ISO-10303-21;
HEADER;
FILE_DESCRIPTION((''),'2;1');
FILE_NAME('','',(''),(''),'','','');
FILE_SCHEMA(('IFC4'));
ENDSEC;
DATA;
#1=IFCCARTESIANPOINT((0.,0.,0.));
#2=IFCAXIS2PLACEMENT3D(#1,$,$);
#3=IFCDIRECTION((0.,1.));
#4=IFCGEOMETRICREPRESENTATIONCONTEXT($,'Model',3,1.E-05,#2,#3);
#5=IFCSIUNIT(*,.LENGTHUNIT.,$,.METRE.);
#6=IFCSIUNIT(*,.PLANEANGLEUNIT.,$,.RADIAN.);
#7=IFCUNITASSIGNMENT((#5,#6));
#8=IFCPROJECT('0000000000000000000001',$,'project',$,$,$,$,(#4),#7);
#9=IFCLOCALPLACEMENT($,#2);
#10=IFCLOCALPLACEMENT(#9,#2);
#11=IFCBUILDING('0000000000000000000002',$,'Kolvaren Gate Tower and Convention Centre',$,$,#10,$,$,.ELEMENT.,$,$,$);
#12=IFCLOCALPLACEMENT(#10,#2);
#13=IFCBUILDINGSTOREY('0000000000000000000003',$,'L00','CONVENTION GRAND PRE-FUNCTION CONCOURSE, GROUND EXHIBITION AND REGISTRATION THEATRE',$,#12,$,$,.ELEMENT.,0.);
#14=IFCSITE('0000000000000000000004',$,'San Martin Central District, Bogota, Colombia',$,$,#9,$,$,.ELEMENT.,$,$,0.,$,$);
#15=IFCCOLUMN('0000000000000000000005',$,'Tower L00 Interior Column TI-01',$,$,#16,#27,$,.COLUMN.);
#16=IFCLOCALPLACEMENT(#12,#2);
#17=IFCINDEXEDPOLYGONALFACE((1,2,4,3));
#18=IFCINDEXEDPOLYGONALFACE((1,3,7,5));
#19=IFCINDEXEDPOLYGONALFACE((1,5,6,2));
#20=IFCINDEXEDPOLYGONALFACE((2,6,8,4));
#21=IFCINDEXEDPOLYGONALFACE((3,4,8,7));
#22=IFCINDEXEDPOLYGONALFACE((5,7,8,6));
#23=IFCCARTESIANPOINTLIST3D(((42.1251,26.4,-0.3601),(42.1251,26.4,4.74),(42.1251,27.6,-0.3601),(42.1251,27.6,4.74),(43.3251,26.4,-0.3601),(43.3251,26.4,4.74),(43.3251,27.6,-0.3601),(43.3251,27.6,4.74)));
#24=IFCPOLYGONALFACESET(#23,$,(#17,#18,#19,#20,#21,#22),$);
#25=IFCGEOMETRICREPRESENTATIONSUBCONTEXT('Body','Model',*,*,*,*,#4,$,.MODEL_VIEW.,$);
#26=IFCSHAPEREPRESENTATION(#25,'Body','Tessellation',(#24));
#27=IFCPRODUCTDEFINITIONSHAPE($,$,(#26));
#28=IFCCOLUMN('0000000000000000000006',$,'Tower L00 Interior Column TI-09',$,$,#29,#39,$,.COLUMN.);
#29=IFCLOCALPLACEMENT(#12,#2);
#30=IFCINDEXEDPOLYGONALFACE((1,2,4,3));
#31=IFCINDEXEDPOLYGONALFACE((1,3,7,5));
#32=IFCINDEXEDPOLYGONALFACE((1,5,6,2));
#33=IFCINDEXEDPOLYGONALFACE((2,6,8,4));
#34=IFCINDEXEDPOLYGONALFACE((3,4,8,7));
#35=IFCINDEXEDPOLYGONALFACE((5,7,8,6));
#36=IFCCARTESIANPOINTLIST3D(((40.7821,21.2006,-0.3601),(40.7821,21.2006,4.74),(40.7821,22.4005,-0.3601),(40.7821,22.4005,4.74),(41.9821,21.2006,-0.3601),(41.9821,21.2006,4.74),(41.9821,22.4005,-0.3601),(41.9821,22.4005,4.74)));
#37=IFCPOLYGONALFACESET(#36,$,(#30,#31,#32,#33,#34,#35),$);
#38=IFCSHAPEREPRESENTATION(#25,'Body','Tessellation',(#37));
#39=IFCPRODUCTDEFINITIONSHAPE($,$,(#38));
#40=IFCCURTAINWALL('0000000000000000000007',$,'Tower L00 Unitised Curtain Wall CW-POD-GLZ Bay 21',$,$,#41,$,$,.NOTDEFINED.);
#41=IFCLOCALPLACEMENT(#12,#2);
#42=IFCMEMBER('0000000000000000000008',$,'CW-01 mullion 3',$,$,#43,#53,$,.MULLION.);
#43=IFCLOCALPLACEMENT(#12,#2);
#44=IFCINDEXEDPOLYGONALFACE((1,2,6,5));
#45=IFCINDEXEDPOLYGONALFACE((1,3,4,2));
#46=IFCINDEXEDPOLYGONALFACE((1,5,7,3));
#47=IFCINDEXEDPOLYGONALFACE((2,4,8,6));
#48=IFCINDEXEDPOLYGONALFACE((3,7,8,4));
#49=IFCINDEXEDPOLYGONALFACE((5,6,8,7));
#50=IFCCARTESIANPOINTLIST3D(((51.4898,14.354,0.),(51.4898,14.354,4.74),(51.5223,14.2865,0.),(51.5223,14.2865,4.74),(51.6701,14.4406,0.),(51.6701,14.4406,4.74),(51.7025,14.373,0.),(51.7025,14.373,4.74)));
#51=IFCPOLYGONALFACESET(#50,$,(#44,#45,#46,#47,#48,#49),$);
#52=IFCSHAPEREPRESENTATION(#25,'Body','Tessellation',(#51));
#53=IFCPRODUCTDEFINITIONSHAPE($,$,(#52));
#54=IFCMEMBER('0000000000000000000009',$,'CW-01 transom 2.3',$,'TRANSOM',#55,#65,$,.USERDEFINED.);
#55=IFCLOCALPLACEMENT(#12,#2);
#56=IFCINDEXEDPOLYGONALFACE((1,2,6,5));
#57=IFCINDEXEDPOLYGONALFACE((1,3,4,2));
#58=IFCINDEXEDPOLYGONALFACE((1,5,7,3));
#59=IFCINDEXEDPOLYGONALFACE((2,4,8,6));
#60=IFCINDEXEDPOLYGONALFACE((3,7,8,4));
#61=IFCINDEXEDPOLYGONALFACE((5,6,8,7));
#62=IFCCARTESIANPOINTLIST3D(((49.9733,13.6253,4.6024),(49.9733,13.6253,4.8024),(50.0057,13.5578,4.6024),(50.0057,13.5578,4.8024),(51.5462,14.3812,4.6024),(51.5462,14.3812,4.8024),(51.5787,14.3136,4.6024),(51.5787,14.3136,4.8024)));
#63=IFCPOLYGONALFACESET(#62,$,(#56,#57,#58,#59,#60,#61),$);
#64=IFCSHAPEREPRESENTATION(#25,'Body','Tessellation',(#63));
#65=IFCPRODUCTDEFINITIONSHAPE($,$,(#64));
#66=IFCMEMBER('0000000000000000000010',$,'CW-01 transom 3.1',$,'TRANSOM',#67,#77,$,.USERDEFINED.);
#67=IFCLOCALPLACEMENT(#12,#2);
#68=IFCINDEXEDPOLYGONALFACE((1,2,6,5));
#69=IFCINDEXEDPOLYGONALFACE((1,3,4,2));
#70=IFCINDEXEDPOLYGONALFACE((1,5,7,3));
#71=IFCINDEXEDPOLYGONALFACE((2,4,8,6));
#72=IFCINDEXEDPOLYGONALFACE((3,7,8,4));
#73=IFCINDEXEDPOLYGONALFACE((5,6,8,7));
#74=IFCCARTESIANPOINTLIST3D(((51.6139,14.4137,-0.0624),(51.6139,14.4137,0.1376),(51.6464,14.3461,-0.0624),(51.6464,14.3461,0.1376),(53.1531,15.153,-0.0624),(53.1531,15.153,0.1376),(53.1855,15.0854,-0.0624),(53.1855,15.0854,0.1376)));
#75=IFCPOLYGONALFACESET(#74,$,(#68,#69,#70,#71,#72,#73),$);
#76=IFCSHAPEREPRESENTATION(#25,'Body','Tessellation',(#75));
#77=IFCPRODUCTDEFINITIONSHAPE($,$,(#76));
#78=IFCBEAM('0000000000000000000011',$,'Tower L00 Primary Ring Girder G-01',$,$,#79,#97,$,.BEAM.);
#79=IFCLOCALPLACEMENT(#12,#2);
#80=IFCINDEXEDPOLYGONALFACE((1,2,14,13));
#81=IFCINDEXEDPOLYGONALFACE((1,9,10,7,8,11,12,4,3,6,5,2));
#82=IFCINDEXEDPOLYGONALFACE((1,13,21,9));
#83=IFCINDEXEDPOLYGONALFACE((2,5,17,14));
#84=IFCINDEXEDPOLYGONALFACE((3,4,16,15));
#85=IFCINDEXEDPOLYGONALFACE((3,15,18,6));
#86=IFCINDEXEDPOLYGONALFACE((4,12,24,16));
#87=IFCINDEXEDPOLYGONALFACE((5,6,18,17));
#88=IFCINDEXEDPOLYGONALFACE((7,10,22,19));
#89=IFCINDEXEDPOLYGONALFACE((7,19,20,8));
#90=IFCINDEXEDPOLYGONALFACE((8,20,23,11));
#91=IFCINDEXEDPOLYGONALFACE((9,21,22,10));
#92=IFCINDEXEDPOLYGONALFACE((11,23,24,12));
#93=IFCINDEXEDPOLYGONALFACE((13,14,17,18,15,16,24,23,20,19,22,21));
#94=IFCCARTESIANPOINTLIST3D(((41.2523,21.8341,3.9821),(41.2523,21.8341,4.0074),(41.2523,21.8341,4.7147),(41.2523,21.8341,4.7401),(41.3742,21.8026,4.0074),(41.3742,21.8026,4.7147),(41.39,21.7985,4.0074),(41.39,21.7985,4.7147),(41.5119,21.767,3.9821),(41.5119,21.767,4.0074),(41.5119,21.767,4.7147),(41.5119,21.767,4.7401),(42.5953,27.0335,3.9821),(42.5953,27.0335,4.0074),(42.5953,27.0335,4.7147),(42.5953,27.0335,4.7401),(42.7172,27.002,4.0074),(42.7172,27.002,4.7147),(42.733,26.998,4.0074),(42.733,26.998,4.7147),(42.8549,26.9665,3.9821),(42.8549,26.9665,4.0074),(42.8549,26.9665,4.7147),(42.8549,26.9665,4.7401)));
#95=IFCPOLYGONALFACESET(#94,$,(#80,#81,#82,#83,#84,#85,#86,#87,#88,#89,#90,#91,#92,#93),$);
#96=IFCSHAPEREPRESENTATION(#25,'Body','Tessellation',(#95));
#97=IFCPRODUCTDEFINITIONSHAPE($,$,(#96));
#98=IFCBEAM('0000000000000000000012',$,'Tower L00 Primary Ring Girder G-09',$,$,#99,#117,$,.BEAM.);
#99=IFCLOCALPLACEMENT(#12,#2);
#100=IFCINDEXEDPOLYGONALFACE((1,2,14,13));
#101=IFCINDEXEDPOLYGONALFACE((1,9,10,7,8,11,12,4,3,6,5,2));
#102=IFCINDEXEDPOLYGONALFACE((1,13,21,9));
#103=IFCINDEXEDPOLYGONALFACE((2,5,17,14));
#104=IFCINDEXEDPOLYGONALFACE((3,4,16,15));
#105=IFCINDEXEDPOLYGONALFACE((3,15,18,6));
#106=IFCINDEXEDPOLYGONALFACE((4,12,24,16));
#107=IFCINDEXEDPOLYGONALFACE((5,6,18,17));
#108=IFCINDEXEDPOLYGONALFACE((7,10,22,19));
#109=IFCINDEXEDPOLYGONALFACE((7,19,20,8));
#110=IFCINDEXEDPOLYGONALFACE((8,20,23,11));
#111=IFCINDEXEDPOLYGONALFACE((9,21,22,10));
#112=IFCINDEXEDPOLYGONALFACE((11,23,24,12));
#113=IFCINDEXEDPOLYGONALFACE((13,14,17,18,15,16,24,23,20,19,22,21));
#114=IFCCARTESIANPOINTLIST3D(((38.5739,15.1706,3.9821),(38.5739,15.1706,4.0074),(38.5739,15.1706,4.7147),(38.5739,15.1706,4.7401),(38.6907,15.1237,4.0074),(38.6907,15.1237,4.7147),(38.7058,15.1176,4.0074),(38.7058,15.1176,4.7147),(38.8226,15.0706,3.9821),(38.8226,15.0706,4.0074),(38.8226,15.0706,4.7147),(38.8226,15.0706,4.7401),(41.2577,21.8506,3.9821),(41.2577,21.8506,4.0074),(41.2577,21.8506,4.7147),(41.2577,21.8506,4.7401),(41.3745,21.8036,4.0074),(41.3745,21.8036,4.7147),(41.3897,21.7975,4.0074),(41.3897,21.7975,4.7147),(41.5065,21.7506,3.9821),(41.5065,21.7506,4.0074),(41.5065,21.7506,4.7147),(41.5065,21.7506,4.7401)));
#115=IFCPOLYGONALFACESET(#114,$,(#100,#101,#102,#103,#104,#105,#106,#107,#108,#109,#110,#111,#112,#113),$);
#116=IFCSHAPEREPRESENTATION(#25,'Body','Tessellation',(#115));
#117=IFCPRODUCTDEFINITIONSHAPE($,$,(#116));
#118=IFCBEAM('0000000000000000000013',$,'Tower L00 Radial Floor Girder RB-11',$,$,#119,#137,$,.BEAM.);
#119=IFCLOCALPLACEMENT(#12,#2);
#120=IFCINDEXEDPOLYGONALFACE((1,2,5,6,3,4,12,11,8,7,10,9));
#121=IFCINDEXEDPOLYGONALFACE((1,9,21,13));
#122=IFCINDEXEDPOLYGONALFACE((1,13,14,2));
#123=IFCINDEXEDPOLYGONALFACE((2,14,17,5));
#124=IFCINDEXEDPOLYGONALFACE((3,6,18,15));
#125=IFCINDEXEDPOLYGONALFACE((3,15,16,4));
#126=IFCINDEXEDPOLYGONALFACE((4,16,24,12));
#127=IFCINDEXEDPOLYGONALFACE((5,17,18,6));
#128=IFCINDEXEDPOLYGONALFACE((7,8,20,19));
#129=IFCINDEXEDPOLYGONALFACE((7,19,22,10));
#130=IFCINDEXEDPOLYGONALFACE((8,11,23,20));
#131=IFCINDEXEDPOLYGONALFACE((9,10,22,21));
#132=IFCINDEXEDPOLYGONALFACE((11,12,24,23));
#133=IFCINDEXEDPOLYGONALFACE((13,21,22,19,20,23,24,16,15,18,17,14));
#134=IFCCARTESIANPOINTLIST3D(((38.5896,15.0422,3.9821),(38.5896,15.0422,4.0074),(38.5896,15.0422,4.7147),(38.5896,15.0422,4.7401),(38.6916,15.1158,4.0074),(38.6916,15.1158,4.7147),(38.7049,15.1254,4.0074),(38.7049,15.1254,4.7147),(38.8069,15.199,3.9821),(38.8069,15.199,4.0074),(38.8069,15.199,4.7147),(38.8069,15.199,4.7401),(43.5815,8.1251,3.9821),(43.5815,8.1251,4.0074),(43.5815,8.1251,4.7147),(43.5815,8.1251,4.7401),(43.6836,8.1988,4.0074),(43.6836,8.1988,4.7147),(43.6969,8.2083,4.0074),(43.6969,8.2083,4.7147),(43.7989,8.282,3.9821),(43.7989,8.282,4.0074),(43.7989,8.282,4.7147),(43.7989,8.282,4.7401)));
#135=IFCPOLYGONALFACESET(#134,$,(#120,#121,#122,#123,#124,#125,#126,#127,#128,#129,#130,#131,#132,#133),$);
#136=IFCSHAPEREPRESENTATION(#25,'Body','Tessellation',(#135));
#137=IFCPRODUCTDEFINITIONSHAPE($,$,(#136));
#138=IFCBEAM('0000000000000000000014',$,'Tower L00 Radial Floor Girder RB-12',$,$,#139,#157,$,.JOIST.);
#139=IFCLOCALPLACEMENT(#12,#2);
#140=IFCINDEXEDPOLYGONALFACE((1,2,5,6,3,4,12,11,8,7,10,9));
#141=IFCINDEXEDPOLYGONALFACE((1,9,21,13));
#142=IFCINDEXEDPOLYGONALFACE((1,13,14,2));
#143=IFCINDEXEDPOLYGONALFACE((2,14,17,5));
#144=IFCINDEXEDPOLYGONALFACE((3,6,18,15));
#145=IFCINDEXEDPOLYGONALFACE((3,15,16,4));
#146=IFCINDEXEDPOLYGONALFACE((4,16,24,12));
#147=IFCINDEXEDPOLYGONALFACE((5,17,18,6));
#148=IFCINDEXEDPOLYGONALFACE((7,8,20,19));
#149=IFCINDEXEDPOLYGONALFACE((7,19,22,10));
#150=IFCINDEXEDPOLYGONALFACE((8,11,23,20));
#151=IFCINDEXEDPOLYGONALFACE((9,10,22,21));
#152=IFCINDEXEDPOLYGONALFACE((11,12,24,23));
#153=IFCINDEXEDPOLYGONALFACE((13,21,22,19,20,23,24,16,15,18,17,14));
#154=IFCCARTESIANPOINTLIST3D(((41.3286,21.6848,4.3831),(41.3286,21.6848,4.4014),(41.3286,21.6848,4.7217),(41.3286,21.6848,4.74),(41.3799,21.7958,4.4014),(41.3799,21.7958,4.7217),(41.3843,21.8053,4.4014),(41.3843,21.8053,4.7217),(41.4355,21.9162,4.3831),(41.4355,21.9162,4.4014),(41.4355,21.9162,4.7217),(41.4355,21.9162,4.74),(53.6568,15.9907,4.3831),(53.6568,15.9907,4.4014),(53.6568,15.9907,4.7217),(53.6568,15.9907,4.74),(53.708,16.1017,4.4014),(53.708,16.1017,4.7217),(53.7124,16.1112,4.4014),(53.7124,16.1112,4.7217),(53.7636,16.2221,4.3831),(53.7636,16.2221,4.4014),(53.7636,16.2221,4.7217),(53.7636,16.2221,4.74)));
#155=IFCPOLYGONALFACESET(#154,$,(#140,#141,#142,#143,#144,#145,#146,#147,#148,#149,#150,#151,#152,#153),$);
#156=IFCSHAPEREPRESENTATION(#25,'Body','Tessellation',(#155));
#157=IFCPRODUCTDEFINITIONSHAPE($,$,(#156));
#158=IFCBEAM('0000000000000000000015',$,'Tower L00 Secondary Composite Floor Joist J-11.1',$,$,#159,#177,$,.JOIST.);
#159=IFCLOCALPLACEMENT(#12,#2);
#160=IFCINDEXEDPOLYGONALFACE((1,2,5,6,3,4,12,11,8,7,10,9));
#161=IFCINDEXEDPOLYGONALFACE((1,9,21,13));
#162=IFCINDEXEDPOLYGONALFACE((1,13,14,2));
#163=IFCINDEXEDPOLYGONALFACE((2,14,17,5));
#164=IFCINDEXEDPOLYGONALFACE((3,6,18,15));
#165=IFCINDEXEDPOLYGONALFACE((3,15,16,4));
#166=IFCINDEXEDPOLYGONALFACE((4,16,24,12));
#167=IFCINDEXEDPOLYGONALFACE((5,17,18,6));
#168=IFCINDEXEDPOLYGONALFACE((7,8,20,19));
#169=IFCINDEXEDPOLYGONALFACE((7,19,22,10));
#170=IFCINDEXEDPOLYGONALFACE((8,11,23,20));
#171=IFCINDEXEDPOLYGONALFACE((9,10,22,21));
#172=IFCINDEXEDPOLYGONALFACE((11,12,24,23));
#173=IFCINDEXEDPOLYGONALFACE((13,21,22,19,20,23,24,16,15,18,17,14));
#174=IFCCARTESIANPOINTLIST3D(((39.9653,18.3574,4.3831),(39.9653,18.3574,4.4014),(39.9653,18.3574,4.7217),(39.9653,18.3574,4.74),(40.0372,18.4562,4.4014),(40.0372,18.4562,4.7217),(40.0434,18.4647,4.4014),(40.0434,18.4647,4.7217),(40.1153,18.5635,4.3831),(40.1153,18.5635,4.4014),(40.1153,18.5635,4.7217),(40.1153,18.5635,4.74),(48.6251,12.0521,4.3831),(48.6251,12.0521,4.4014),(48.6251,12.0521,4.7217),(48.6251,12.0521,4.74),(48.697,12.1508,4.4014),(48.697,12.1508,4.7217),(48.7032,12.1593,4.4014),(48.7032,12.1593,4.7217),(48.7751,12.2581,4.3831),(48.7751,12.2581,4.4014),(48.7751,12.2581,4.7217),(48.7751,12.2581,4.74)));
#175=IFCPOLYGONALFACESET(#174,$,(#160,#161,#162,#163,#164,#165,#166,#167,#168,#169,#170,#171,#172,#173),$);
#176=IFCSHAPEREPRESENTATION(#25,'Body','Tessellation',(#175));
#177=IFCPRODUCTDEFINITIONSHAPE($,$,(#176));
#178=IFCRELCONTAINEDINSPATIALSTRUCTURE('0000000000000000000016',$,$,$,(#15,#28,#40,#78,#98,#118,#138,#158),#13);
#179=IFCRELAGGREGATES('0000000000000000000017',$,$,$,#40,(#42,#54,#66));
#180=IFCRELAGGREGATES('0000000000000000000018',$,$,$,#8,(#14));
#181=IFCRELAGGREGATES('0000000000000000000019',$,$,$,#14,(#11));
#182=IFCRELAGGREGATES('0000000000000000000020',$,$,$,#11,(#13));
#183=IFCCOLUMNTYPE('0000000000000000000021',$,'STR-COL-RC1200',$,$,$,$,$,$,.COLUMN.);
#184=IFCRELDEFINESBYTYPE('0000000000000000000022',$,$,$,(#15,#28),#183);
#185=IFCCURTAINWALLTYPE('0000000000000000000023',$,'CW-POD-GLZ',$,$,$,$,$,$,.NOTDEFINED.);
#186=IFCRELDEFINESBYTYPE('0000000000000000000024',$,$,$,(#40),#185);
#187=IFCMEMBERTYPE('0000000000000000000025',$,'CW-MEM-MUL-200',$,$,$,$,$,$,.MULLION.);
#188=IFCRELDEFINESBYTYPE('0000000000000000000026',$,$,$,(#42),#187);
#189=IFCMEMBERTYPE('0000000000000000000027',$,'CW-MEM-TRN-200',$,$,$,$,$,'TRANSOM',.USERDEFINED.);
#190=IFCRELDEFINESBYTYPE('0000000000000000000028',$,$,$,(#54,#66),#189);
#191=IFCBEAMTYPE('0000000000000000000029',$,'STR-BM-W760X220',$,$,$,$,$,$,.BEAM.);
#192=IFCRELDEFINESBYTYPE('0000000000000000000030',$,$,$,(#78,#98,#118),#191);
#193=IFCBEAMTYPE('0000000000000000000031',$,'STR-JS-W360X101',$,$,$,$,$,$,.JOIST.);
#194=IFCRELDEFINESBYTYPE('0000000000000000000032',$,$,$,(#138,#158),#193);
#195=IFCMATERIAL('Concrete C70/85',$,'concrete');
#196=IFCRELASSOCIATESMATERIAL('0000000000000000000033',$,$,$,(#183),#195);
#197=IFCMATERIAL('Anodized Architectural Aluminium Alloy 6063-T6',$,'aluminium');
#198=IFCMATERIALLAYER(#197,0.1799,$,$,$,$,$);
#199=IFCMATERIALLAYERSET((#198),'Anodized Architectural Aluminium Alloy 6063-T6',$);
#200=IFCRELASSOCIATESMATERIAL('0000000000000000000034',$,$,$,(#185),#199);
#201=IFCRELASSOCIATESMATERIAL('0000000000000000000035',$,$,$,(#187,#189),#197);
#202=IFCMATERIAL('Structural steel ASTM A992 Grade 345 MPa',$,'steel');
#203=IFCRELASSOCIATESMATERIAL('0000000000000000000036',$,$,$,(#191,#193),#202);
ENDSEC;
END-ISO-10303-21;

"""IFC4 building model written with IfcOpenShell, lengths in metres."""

from ifc_helpers import new_model, si_unit, direction, frame, origin, origin_2d, place, context, subcontext, project, spatial, rectangle, i_section, extrude, material, layer, layer_set, material_profile, profile_set, type_object, element, aggregate, save


model = new_model("IFC4")

# Units and contexts
model_context = context("Model", 3, precision=1e-05, world=origin(), true_north=direction((0.0, 1.0)))
body_context = subcontext(model_context, "Body", "Model", "MODEL_VIEW")
ifc_project = project(units=[si_unit("LENGTHUNIT", "METRE"), si_unit("PLANEANGLEUNIT", "RADIAN")], contexts=[model_context])

# Site, building, storey
site_placement = place(None, origin())
site = spatial("IfcSite", under=ifc_project, at=site_placement, Name="San Martin Central District, Bogota, Colombia", CompositionType="ELEMENT", RefElevation=0.0)
building_placement = place(site_placement, origin())
building = spatial("IfcBuilding", under=site, at=building_placement, Name="Kolvaren Gate Tower and Convention Centre", CompositionType="ELEMENT")
storey_placement = place(building_placement, origin())
storey = spatial("IfcBuildingStorey", under=building, at=storey_placement, Name="L00", Description="CONVENTION GRAND PRE-FUNCTION CONCOURSE, GROUND EXHIBITION AND REGISTRATION THEATRE", CompositionType="ELEMENT", Elevation=0.0)

# Columns
ifc_material_1 = material(Name="Concrete C70/85", Category="concrete")
ifc_material_profile_1 = material_profile(ifc_material_1, rectangle(XDim=1.2, YDim=1.2, at=origin_2d()), Name="RC-COL-1200X1200")
ifc_profile_set_1 = profile_set([ifc_material_profile_1], Name="Concrete C70/85")
column_type = type_object("IfcColumnType", Name="STR-COL-RC1200", PredefinedType="COLUMN", material=ifc_profile_set_1)
for number, where, z_axis, x_axis, name in (
    (1, (42.7251, 27.0, -0.3601), (0.0, 0.0, 1.0), (1.0, 0.0, 0.0), "Tower L00 Interior Column TI-01"),
    (2, (41.3821, 21.8005, -0.3601), (0.0, 0.0, 1.0), (1.0, 0.0, 0.0), "Tower L00 Interior Column TI-09"),
):
    element("IfcColumn", number, at=place(storey_placement, frame(where, z_axis=z_axis, x_axis=x_axis)), inside=storey, type_object=column_type, Name=name, PredefinedType="COLUMN", context=body_context, shape_type="SweptSolid", body=[
        extrude(rectangle(XDim=1.2, YDim=1.2, at=origin_2d()), origin(), (0.0, 0.0, 1.0), 5.1001),
    ])

# Curtain wall, members
ifc_material_2 = material(Name="Anodized Architectural Aluminium Alloy 6063-T6", Category="aluminium")
ifc_layer_1 = layer(ifc_material_2, 0.1799)
ifc_layer_set_1 = layer_set([ifc_layer_1], Name="Anodized Architectural Aluminium Alloy 6063-T6")
curtain_wall_type = type_object("IfcCurtainWallType", Name="CW-POD-GLZ", PredefinedType="NOTDEFINED", material=ifc_layer_set_1)
curtain_wall_placement = place(storey_placement, origin())
curtain_wall = element("IfcCurtainWall", 3, at=curtain_wall_placement, inside=storey, type_object=curtain_wall_type, Name="Tower L00 Unitised Curtain Wall CW-POD-GLZ Bay 21", PredefinedType="NOTDEFINED")
ifc_material_profile_2 = material_profile(ifc_material_2, rectangle(XDim=0.075, YDim=0.2, at=origin_2d()), Name="CW-MEM-MUL-200")
ifc_profile_set_2 = profile_set([ifc_material_profile_2], Name="Anodized Architectural Aluminium Alloy 6063-T6")
member_type_1 = type_object("IfcMemberType", Name="CW-MEM-MUL-200", PredefinedType="MULLION", material=ifc_profile_set_2)
member_1_placement = place(storey_placement, frame((51.5962, 14.3635, 0.0), z_axis=(0.0, 0.0, 1.0), x_axis=(-0.433063, 0.901364, 0.0)))
member_1 = element("IfcMember", 4, at=member_1_placement, type_object=member_type_1, Name="CW-01 mullion 3", PredefinedType="MULLION", context=body_context, shape_type="SweptSolid", body=[
    extrude(rectangle(XDim=0.075, YDim=0.2, at=origin_2d()), origin(), (0.0, 0.0, 1.0), 4.74),
])
ifc_material_profile_3 = material_profile(ifc_material_2, rectangle(XDim=0.075, YDim=0.2, at=origin_2d()), Name="CW-MEM-TRN-200")
ifc_profile_set_3 = profile_set([ifc_material_profile_3], Name="Anodized Architectural Aluminium Alloy 6063-T6")
member_type_2 = type_object("IfcMemberType", Name="CW-MEM-TRN-200", ElementType="TRANSOM", PredefinedType="USERDEFINED", material=ifc_profile_set_3)
member_2_placement = place(storey_placement, frame((49.9895, 13.5916, 4.7024), z_axis=(0.90134, 0.433113, 0.0), x_axis=(-0.433113, 0.90134, 0.0)))
member_2 = element("IfcMember", 5, at=member_2_placement, type_object=member_type_2, Name="CW-01 transom 2.3", ObjectType="TRANSOM", PredefinedType="USERDEFINED", context=body_context, shape_type="SweptSolid", body=[
    extrude(rectangle(XDim=0.075, YDim=0.2, at=origin_2d()), origin(), (0.0, 0.0, 1.0), 1.7451),
])
member_3_placement = place(storey_placement, frame((51.6301, 14.3799, 0.0376), z_axis=(0.901407, 0.432973, 0.0), x_axis=(-0.432973, 0.901407, 0.0)))
member_3 = element("IfcMember", 6, at=member_3_placement, type_object=member_type_2, Name="CW-01 transom 3.1", ObjectType="TRANSOM", PredefinedType="USERDEFINED", context=body_context, shape_type="SweptSolid", body=[
    extrude(rectangle(XDim=0.075, YDim=0.2, at=origin_2d()), origin(), (0.0, 0.0, 1.0), 1.7075),
])

# Beams
ifc_material_3 = material(Name="Structural steel ASTM A992 Grade 345 MPa", Category="steel")
ifc_material_profile_4 = material_profile(ifc_material_3, i_section(OverallWidth=0.2681, OverallDepth=0.7581, WebThickness=0.0164, FlangeThickness=0.0254, at=origin_2d()), Name="W760X220")
ifc_profile_set_4 = profile_set([ifc_material_profile_4], Name="Structural steel ASTM A992 Grade 345 MPa")
beam_type_1 = type_object("IfcBeamType", Name="STR-BM-W760X220", PredefinedType="BEAM", material=ifc_profile_set_4)
beam_1_placement = place(storey_placement, frame((42.7251, 27.0, 4.3611), z_axis=(-0.250091, -0.968222, 0.0), x_axis=(0.968222, -0.250091, 0.0)))
element("IfcBeam", 7, at=beam_1_placement, inside=storey, type_object=beam_type_1, Name="Tower L00 Primary Ring Girder G-01", PredefinedType="BEAM", context=body_context, shape_type="SweptSolid", body=[
    extrude(i_section(OverallWidth=0.2681, OverallDepth=0.7581, WebThickness=0.0164, FlangeThickness=0.0254, at=origin_2d()), origin(), (0.0, 0.0, 1.0), 5.3701),
])
beam_2_placement = place(storey_placement, frame((38.6982, 15.1206, 4.3611), z_axis=(0.372811, 0.927907, 0.0), x_axis=(-0.927907, 0.372811, 0.0)))
element("IfcBeam", 8, at=beam_2_placement, inside=storey, type_object=beam_type_1, Name="Tower L00 Primary Ring Girder G-09", PredefinedType="BEAM", context=body_context, shape_type="SweptSolid", body=[
    extrude(i_section(OverallWidth=0.2681, OverallDepth=0.7581, WebThickness=0.0164, FlangeThickness=0.0254, at=origin_2d()), origin(), (0.0, 0.0, 1.0), 7.199),
])
beam_3_placement = place(storey_placement, frame((38.6982, 15.1206, 4.3611), z_axis=(0.585208, -0.810883, 0.0), x_axis=(0.810883, 0.585208, 0.0)))
element("IfcBeam", 9, at=beam_3_placement, inside=storey, type_object=beam_type_1, Name="Tower L00 Radial Floor Girder RB-11", PredefinedType="BEAM", context=body_context, shape_type="SweptSolid", body=[
    extrude(i_section(OverallWidth=0.2681, OverallDepth=0.7581, WebThickness=0.0164, FlangeThickness=0.0254, at=origin_2d()), origin(), (0.0, 0.0, 1.0), 8.5303),
])
ifc_material_profile_5 = material_profile(ifc_material_3, i_section(OverallWidth=0.2549, OverallDepth=0.3569, WebThickness=0.0105, FlangeThickness=0.0183, at=origin_2d()), Name="W360X101")
ifc_profile_set_5 = profile_set([ifc_material_profile_5], Name="Structural steel ASTM A992 Grade 345 MPa")
beam_type_2 = type_object("IfcBeamType", Name="STR-JS-W360X101", PredefinedType="JOIST", material=ifc_profile_set_5)
beam_4_placement = place(storey_placement, frame((41.3821, 21.8005, 4.5615), z_axis=(0.907842, -0.419312, 0.0), x_axis=(0.419312, 0.907842, 0.0)))
element("IfcBeam", 10, at=beam_4_placement, inside=storey, type_object=beam_type_2, Name="Tower L00 Radial Floor Girder RB-12", PredefinedType="JOIST", context=body_context, shape_type="SweptSolid", body=[
    extrude(i_section(OverallWidth=0.2549, OverallDepth=0.3569, WebThickness=0.0105, FlangeThickness=0.0183, at=origin_2d()), origin(), (0.0, 0.0, 1.0), 13.5796),
])
beam_5_placement = place(storey_placement, frame((40.0403, 18.4604, 4.5615), z_axis=(0.808412, -0.588617, 0.0), x_axis=(0.588617, 0.808412, 0.0)))
element("IfcBeam", 11, at=beam_5_placement, inside=storey, type_object=beam_type_2, Name="Tower L00 Secondary Composite Floor Joist J-11.1", PredefinedType="JOIST", context=body_context, shape_type="SweptSolid", body=[
    extrude(i_section(OverallWidth=0.2549, OverallDepth=0.3569, WebThickness=0.0105, FlangeThickness=0.0183, at=origin_2d()), origin(), (0.0, 0.0, 1.0), 10.7122),
])

aggregate(curtain_wall, [member_1, member_2, member_3])

save(model, "model.ifc")
